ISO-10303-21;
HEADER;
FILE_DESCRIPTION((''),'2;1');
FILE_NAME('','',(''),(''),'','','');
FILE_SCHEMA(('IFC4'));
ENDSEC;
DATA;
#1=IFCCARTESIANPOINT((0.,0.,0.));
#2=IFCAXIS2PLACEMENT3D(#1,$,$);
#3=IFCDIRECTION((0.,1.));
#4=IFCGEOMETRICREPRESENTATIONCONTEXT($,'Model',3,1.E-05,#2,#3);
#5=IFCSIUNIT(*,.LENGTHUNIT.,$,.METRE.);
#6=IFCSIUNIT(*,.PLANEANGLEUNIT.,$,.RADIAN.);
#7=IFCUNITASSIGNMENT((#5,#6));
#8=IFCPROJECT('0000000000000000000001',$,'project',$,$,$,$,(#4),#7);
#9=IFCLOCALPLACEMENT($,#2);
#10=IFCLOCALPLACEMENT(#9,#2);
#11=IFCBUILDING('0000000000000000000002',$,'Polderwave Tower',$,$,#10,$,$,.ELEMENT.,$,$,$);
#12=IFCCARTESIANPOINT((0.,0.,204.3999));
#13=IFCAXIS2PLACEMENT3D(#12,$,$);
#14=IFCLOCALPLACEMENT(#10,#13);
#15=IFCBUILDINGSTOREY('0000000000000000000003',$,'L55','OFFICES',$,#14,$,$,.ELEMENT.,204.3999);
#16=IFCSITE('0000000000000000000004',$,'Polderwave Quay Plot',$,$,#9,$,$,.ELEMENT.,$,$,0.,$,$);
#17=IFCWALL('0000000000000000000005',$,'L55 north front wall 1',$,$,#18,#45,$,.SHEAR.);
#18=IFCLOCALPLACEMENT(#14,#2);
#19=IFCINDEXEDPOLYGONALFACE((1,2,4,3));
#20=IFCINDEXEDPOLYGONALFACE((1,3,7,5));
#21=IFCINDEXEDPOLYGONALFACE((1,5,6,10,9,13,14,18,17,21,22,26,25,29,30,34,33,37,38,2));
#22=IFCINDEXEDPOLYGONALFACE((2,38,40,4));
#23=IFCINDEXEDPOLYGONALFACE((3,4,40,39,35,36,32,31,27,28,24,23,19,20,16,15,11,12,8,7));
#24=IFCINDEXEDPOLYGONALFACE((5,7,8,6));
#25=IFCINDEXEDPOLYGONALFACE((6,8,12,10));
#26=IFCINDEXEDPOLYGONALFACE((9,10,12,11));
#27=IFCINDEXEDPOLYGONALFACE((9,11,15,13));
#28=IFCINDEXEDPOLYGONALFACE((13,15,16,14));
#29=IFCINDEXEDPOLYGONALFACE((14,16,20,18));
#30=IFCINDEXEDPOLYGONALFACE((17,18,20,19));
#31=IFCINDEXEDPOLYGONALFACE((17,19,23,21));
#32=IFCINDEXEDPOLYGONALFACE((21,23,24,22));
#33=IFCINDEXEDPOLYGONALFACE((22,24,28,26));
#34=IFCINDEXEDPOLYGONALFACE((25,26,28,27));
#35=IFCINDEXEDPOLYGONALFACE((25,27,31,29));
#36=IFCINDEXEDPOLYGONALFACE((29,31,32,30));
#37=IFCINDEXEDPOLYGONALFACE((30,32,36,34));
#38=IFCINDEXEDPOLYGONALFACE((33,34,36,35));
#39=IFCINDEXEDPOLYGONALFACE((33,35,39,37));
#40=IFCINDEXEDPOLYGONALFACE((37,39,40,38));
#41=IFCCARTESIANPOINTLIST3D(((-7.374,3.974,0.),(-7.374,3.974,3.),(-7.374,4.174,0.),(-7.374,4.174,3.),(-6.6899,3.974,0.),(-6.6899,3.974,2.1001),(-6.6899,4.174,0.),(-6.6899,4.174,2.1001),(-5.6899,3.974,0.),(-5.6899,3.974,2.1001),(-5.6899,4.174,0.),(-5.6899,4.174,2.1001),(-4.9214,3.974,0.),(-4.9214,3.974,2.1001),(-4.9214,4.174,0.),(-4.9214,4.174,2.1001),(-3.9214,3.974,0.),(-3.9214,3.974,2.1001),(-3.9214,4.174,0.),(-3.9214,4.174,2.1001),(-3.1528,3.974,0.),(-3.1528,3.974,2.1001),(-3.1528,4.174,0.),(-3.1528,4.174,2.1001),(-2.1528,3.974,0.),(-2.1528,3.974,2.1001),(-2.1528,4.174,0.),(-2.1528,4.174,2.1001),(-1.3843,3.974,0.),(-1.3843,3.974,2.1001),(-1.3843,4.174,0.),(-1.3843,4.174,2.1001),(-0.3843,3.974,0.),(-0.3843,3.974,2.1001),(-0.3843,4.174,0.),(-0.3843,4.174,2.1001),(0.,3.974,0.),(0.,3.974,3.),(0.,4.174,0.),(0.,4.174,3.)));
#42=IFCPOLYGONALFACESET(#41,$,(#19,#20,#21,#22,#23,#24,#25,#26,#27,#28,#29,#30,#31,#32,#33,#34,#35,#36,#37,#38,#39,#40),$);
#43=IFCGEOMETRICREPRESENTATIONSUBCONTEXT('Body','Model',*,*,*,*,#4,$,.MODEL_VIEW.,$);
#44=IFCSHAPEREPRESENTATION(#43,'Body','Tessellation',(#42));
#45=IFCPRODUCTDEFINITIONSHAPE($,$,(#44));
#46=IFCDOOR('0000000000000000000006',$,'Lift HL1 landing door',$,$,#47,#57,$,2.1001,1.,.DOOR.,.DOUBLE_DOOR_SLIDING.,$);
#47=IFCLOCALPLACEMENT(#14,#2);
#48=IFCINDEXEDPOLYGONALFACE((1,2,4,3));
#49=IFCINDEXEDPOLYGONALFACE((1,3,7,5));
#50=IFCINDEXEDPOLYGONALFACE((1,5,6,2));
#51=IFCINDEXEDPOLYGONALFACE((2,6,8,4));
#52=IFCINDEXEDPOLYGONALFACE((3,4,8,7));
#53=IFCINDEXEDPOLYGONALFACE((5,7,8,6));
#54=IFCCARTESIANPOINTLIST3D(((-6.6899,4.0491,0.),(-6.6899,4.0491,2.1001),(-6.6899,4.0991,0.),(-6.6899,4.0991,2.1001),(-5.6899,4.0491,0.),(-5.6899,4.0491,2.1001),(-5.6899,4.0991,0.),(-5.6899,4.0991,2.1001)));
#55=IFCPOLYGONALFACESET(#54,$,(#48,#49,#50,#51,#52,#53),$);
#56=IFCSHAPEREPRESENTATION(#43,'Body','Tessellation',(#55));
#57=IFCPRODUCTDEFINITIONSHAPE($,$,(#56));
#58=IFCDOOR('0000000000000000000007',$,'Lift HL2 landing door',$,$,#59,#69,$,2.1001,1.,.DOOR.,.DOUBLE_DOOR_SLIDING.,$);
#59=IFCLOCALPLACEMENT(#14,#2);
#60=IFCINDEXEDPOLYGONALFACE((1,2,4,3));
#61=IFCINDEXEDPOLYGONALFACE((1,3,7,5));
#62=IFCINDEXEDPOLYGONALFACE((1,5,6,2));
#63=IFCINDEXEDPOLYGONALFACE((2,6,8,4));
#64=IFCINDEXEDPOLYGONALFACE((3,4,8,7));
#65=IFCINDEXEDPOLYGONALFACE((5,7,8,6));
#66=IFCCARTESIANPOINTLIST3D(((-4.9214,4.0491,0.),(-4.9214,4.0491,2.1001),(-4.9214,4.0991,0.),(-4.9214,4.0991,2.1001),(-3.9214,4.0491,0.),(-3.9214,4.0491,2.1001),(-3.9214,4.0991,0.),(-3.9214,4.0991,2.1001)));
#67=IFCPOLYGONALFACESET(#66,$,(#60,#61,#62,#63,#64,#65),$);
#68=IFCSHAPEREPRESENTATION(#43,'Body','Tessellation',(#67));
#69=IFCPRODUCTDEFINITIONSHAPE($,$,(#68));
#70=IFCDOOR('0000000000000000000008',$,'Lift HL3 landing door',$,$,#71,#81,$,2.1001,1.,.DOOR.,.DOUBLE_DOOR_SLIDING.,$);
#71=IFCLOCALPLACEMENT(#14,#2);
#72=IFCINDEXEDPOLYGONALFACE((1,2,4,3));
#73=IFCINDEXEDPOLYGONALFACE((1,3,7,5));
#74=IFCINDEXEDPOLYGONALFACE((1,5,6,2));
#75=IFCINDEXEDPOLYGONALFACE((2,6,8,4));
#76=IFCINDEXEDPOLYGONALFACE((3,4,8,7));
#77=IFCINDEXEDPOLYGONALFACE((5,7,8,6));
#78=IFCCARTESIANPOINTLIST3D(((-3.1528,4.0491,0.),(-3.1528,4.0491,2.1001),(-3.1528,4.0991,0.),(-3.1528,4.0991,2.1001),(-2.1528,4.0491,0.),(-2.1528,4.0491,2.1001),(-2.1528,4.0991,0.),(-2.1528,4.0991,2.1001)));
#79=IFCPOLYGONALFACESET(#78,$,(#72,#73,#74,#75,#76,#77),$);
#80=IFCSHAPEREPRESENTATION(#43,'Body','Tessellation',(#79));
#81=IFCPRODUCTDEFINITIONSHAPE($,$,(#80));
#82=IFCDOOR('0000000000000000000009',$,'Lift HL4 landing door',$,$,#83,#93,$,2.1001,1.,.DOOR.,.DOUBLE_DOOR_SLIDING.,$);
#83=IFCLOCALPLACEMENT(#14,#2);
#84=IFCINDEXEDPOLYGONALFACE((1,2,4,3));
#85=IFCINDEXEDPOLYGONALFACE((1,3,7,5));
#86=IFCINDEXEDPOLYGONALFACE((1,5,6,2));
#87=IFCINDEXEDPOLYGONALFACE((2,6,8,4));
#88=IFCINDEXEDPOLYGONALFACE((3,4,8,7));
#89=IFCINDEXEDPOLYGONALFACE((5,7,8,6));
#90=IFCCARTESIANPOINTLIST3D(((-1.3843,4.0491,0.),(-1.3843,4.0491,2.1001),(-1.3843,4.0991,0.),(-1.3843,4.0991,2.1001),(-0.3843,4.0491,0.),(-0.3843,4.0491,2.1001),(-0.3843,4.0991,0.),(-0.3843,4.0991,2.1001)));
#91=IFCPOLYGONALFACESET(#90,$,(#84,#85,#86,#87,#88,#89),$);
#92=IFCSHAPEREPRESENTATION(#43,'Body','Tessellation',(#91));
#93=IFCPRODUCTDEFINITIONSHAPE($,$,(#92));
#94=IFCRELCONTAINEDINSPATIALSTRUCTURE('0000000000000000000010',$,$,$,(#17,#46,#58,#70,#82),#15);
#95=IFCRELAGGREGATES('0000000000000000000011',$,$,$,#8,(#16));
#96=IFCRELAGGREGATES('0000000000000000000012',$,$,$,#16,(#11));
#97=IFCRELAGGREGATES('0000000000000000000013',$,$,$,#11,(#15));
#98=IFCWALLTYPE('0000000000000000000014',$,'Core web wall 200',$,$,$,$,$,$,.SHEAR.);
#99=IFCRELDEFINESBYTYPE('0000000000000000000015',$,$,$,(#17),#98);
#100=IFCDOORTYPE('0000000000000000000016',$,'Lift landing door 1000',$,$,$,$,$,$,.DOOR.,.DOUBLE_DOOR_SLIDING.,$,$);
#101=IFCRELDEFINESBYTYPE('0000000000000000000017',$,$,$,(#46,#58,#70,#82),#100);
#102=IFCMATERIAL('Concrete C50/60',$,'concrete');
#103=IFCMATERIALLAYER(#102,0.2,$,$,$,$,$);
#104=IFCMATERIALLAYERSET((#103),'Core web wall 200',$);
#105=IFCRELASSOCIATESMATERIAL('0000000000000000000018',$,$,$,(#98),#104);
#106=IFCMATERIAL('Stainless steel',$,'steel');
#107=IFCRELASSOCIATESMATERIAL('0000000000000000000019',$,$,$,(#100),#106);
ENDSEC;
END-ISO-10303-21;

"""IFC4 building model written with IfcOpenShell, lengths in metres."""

from ifc_helpers import new_model, si_unit, direction, frame, frame_2d, origin, place, context, subcontext, project, spatial, rectangle, extrude, material, layer, layer_set, type_object, element, fill, save


model = new_model("IFC4")

# Units and contexts
model_context = context("Model", 3, precision=1e-05, world=origin(), true_north=direction((0.0, 1.0)))
body_context = subcontext(model_context, "Body", "Model", "MODEL_VIEW")
ifc_project = project(units=[si_unit("LENGTHUNIT", "METRE"), si_unit("PLANEANGLEUNIT", "RADIAN")], contexts=[model_context])

# Site, building, storey
site_placement = place(None, origin())
site = spatial("IfcSite", under=ifc_project, at=site_placement, Name="Polderwave Quay Plot", CompositionType="ELEMENT", RefElevation=0.0)
building_placement = place(site_placement, origin())
building = spatial("IfcBuilding", under=site, at=building_placement, Name="Polderwave Tower", CompositionType="ELEMENT")
storey_placement = place(building_placement, frame((0.0, 0.0, 204.3999)))
storey = spatial("IfcBuildingStorey", under=building, at=storey_placement, Name="L55", Description="OFFICES", CompositionType="ELEMENT", Elevation=204.3999)

# Wall, openings, doors
ifc_material_1 = material(Name="Concrete C50/60", Category="concrete")
ifc_layer_1 = layer(ifc_material_1, 0.2)
ifc_layer_set_1 = layer_set([ifc_layer_1], Name="Core web wall 200")
wall_type_1 = type_object("IfcWallType", Name="Core web wall 200", PredefinedType="SHEAR", material=ifc_layer_set_1)
wall_1_placement = place(storey_placement, frame((-7.374, 4.074, 0.0), z_axis=(0.0, 0.0, 1.0), x_axis=(1.0, 0.0, 0.0)))
wall_1 = element("IfcWall", 1, at=wall_1_placement, inside=storey, type_object=wall_type_1, Name="L55 north front wall 1", PredefinedType="SHEAR", context=body_context, shape_type="SweptSolid", body=[
    extrude(rectangle(XDim=7.374, YDim=0.2, at=frame_2d((3.687, 0.0))), origin(), (0.0, 0.0, 1.0), 3.0),
])
opening_1_placement = place(wall_1_placement, frame((0.6841, 0.0, 0.0)))
opening_1 = element("IfcOpeningElement", 2, at=opening_1_placement, cuts=wall_1, PredefinedType="OPENING", context=body_context, shape_type="SweptSolid", body=[
    extrude(rectangle(XDim=1.0, YDim=2.1001, at=frame_2d((0.5, 1.05))), frame((0.0, 0.1099, 0.0), z_axis=(0.0, -1.0, 0.0), x_axis=(1.0, 0.0, 0.0)), (0.0, 0.0, 1.0), 0.22),
])
opening_2_placement = place(wall_1_placement, frame((2.4526, 0.0, 0.0)))
opening_2 = element("IfcOpeningElement", 3, at=opening_2_placement, cuts=wall_1, PredefinedType="OPENING", context=body_context, shape_type="SweptSolid", body=[
    extrude(rectangle(XDim=1.0, YDim=2.1001, at=frame_2d((0.5, 1.05))), frame((0.0, 0.1099, 0.0), z_axis=(0.0, -1.0, 0.0), x_axis=(1.0, 0.0, 0.0)), (0.0, 0.0, 1.0), 0.22),
])
opening_3_placement = place(wall_1_placement, frame((4.2212, 0.0, 0.0)))
opening_3 = element("IfcOpeningElement", 4, at=opening_3_placement, cuts=wall_1, PredefinedType="OPENING", context=body_context, shape_type="SweptSolid", body=[
    extrude(rectangle(XDim=1.0, YDim=2.1001, at=frame_2d((0.5, 1.05))), frame((0.0, 0.1099, 0.0), z_axis=(0.0, -1.0, 0.0), x_axis=(1.0, 0.0, 0.0)), (0.0, 0.0, 1.0), 0.22),
])
opening_4_placement = place(wall_1_placement, frame((5.9897, 0.0, 0.0)))
opening_4 = element("IfcOpeningElement", 5, at=opening_4_placement, cuts=wall_1, PredefinedType="OPENING", context=body_context, shape_type="SweptSolid", body=[
    extrude(rectangle(XDim=1.0, YDim=2.1001, at=frame_2d((0.5, 1.05))), frame((0.0, 0.1099, 0.0), z_axis=(0.0, -1.0, 0.0), x_axis=(1.0, 0.0, 0.0)), (0.0, 0.0, 1.0), 0.22),
])
ifc_material_2 = material(Name="Stainless steel", Category="steel")
door_type_1 = type_object("IfcDoorType", Name="Lift landing door 1000", OperationType="DOUBLE_DOOR_SLIDING", PredefinedType="DOOR", material=ifc_material_2)
door_1_placement = place(opening_1_placement, frame((1.0, 0.0, 0.0), z_axis=(0.0, 0.0, 1.0), x_axis=(-1.0, 0.0, 0.0)))
door_1 = element("IfcDoor", 6, at=door_1_placement, inside=storey, type_object=door_type_1, Name="Lift HL1 landing door", OperationType="DOUBLE_DOOR_SLIDING", OverallHeight=2.1001, OverallWidth=1.0, PredefinedType="DOOR", context=body_context, shape_type="SweptSolid", body=[
    extrude(rectangle(XDim=1.0, YDim=2.1001, at=frame_2d((0.5, 1.05))), frame((0.0, 0.0249, 0.0), z_axis=(0.0, -1.0, 0.0), x_axis=(1.0, 0.0, 0.0)), (0.0, 0.0, 1.0), 0.05),
])
fill(opening_1, door_1)
door_2_placement = place(opening_2_placement, frame((1.0, 0.0, 0.0), z_axis=(0.0, 0.0, 1.0), x_axis=(-1.0, 0.0, 0.0)))
door_2 = element("IfcDoor", 7, at=door_2_placement, inside=storey, type_object=door_type_1, Name="Lift HL2 landing door", OperationType="DOUBLE_DOOR_SLIDING", OverallHeight=2.1001, OverallWidth=1.0, PredefinedType="DOOR", context=body_context, shape_type="SweptSolid", body=[
    extrude(rectangle(XDim=1.0, YDim=2.1001, at=frame_2d((0.5, 1.05))), frame((0.0, 0.0249, 0.0), z_axis=(0.0, -1.0, 0.0), x_axis=(1.0, 0.0, 0.0)), (0.0, 0.0, 1.0), 0.05),
])
fill(opening_2, door_2)
door_3_placement = place(opening_3_placement, frame((1.0, 0.0, 0.0), z_axis=(0.0, 0.0, 1.0), x_axis=(-1.0, 0.0, 0.0)))
door_3 = element("IfcDoor", 8, at=door_3_placement, inside=storey, type_object=door_type_1, Name="Lift HL3 landing door", OperationType="DOUBLE_DOOR_SLIDING", OverallHeight=2.1001, OverallWidth=1.0, PredefinedType="DOOR", context=body_context, shape_type="SweptSolid", body=[
    extrude(rectangle(XDim=1.0, YDim=2.1001, at=frame_2d((0.5, 1.05))), frame((0.0, 0.0249, 0.0), z_axis=(0.0, -1.0, 0.0), x_axis=(1.0, 0.0, 0.0)), (0.0, 0.0, 1.0), 0.05),
])
fill(opening_3, door_3)
door_4_placement = place(opening_4_placement, frame((1.0, 0.0, 0.0), z_axis=(0.0, 0.0, 1.0), x_axis=(-1.0, 0.0, 0.0)))
door_4 = element("IfcDoor", 9, at=door_4_placement, inside=storey, type_object=door_type_1, Name="Lift HL4 landing door", OperationType="DOUBLE_DOOR_SLIDING", OverallHeight=2.1001, OverallWidth=1.0, PredefinedType="DOOR", context=body_context, shape_type="SweptSolid", body=[
    extrude(rectangle(XDim=1.0, YDim=2.1001, at=frame_2d((0.5, 1.05))), frame((0.0, 0.0249, 0.0), z_axis=(0.0, -1.0, 0.0), x_axis=(1.0, 0.0, 0.0)), (0.0, 0.0, 1.0), 0.05),
])
fill(opening_4, door_4)

save(model, "model.ifc")
